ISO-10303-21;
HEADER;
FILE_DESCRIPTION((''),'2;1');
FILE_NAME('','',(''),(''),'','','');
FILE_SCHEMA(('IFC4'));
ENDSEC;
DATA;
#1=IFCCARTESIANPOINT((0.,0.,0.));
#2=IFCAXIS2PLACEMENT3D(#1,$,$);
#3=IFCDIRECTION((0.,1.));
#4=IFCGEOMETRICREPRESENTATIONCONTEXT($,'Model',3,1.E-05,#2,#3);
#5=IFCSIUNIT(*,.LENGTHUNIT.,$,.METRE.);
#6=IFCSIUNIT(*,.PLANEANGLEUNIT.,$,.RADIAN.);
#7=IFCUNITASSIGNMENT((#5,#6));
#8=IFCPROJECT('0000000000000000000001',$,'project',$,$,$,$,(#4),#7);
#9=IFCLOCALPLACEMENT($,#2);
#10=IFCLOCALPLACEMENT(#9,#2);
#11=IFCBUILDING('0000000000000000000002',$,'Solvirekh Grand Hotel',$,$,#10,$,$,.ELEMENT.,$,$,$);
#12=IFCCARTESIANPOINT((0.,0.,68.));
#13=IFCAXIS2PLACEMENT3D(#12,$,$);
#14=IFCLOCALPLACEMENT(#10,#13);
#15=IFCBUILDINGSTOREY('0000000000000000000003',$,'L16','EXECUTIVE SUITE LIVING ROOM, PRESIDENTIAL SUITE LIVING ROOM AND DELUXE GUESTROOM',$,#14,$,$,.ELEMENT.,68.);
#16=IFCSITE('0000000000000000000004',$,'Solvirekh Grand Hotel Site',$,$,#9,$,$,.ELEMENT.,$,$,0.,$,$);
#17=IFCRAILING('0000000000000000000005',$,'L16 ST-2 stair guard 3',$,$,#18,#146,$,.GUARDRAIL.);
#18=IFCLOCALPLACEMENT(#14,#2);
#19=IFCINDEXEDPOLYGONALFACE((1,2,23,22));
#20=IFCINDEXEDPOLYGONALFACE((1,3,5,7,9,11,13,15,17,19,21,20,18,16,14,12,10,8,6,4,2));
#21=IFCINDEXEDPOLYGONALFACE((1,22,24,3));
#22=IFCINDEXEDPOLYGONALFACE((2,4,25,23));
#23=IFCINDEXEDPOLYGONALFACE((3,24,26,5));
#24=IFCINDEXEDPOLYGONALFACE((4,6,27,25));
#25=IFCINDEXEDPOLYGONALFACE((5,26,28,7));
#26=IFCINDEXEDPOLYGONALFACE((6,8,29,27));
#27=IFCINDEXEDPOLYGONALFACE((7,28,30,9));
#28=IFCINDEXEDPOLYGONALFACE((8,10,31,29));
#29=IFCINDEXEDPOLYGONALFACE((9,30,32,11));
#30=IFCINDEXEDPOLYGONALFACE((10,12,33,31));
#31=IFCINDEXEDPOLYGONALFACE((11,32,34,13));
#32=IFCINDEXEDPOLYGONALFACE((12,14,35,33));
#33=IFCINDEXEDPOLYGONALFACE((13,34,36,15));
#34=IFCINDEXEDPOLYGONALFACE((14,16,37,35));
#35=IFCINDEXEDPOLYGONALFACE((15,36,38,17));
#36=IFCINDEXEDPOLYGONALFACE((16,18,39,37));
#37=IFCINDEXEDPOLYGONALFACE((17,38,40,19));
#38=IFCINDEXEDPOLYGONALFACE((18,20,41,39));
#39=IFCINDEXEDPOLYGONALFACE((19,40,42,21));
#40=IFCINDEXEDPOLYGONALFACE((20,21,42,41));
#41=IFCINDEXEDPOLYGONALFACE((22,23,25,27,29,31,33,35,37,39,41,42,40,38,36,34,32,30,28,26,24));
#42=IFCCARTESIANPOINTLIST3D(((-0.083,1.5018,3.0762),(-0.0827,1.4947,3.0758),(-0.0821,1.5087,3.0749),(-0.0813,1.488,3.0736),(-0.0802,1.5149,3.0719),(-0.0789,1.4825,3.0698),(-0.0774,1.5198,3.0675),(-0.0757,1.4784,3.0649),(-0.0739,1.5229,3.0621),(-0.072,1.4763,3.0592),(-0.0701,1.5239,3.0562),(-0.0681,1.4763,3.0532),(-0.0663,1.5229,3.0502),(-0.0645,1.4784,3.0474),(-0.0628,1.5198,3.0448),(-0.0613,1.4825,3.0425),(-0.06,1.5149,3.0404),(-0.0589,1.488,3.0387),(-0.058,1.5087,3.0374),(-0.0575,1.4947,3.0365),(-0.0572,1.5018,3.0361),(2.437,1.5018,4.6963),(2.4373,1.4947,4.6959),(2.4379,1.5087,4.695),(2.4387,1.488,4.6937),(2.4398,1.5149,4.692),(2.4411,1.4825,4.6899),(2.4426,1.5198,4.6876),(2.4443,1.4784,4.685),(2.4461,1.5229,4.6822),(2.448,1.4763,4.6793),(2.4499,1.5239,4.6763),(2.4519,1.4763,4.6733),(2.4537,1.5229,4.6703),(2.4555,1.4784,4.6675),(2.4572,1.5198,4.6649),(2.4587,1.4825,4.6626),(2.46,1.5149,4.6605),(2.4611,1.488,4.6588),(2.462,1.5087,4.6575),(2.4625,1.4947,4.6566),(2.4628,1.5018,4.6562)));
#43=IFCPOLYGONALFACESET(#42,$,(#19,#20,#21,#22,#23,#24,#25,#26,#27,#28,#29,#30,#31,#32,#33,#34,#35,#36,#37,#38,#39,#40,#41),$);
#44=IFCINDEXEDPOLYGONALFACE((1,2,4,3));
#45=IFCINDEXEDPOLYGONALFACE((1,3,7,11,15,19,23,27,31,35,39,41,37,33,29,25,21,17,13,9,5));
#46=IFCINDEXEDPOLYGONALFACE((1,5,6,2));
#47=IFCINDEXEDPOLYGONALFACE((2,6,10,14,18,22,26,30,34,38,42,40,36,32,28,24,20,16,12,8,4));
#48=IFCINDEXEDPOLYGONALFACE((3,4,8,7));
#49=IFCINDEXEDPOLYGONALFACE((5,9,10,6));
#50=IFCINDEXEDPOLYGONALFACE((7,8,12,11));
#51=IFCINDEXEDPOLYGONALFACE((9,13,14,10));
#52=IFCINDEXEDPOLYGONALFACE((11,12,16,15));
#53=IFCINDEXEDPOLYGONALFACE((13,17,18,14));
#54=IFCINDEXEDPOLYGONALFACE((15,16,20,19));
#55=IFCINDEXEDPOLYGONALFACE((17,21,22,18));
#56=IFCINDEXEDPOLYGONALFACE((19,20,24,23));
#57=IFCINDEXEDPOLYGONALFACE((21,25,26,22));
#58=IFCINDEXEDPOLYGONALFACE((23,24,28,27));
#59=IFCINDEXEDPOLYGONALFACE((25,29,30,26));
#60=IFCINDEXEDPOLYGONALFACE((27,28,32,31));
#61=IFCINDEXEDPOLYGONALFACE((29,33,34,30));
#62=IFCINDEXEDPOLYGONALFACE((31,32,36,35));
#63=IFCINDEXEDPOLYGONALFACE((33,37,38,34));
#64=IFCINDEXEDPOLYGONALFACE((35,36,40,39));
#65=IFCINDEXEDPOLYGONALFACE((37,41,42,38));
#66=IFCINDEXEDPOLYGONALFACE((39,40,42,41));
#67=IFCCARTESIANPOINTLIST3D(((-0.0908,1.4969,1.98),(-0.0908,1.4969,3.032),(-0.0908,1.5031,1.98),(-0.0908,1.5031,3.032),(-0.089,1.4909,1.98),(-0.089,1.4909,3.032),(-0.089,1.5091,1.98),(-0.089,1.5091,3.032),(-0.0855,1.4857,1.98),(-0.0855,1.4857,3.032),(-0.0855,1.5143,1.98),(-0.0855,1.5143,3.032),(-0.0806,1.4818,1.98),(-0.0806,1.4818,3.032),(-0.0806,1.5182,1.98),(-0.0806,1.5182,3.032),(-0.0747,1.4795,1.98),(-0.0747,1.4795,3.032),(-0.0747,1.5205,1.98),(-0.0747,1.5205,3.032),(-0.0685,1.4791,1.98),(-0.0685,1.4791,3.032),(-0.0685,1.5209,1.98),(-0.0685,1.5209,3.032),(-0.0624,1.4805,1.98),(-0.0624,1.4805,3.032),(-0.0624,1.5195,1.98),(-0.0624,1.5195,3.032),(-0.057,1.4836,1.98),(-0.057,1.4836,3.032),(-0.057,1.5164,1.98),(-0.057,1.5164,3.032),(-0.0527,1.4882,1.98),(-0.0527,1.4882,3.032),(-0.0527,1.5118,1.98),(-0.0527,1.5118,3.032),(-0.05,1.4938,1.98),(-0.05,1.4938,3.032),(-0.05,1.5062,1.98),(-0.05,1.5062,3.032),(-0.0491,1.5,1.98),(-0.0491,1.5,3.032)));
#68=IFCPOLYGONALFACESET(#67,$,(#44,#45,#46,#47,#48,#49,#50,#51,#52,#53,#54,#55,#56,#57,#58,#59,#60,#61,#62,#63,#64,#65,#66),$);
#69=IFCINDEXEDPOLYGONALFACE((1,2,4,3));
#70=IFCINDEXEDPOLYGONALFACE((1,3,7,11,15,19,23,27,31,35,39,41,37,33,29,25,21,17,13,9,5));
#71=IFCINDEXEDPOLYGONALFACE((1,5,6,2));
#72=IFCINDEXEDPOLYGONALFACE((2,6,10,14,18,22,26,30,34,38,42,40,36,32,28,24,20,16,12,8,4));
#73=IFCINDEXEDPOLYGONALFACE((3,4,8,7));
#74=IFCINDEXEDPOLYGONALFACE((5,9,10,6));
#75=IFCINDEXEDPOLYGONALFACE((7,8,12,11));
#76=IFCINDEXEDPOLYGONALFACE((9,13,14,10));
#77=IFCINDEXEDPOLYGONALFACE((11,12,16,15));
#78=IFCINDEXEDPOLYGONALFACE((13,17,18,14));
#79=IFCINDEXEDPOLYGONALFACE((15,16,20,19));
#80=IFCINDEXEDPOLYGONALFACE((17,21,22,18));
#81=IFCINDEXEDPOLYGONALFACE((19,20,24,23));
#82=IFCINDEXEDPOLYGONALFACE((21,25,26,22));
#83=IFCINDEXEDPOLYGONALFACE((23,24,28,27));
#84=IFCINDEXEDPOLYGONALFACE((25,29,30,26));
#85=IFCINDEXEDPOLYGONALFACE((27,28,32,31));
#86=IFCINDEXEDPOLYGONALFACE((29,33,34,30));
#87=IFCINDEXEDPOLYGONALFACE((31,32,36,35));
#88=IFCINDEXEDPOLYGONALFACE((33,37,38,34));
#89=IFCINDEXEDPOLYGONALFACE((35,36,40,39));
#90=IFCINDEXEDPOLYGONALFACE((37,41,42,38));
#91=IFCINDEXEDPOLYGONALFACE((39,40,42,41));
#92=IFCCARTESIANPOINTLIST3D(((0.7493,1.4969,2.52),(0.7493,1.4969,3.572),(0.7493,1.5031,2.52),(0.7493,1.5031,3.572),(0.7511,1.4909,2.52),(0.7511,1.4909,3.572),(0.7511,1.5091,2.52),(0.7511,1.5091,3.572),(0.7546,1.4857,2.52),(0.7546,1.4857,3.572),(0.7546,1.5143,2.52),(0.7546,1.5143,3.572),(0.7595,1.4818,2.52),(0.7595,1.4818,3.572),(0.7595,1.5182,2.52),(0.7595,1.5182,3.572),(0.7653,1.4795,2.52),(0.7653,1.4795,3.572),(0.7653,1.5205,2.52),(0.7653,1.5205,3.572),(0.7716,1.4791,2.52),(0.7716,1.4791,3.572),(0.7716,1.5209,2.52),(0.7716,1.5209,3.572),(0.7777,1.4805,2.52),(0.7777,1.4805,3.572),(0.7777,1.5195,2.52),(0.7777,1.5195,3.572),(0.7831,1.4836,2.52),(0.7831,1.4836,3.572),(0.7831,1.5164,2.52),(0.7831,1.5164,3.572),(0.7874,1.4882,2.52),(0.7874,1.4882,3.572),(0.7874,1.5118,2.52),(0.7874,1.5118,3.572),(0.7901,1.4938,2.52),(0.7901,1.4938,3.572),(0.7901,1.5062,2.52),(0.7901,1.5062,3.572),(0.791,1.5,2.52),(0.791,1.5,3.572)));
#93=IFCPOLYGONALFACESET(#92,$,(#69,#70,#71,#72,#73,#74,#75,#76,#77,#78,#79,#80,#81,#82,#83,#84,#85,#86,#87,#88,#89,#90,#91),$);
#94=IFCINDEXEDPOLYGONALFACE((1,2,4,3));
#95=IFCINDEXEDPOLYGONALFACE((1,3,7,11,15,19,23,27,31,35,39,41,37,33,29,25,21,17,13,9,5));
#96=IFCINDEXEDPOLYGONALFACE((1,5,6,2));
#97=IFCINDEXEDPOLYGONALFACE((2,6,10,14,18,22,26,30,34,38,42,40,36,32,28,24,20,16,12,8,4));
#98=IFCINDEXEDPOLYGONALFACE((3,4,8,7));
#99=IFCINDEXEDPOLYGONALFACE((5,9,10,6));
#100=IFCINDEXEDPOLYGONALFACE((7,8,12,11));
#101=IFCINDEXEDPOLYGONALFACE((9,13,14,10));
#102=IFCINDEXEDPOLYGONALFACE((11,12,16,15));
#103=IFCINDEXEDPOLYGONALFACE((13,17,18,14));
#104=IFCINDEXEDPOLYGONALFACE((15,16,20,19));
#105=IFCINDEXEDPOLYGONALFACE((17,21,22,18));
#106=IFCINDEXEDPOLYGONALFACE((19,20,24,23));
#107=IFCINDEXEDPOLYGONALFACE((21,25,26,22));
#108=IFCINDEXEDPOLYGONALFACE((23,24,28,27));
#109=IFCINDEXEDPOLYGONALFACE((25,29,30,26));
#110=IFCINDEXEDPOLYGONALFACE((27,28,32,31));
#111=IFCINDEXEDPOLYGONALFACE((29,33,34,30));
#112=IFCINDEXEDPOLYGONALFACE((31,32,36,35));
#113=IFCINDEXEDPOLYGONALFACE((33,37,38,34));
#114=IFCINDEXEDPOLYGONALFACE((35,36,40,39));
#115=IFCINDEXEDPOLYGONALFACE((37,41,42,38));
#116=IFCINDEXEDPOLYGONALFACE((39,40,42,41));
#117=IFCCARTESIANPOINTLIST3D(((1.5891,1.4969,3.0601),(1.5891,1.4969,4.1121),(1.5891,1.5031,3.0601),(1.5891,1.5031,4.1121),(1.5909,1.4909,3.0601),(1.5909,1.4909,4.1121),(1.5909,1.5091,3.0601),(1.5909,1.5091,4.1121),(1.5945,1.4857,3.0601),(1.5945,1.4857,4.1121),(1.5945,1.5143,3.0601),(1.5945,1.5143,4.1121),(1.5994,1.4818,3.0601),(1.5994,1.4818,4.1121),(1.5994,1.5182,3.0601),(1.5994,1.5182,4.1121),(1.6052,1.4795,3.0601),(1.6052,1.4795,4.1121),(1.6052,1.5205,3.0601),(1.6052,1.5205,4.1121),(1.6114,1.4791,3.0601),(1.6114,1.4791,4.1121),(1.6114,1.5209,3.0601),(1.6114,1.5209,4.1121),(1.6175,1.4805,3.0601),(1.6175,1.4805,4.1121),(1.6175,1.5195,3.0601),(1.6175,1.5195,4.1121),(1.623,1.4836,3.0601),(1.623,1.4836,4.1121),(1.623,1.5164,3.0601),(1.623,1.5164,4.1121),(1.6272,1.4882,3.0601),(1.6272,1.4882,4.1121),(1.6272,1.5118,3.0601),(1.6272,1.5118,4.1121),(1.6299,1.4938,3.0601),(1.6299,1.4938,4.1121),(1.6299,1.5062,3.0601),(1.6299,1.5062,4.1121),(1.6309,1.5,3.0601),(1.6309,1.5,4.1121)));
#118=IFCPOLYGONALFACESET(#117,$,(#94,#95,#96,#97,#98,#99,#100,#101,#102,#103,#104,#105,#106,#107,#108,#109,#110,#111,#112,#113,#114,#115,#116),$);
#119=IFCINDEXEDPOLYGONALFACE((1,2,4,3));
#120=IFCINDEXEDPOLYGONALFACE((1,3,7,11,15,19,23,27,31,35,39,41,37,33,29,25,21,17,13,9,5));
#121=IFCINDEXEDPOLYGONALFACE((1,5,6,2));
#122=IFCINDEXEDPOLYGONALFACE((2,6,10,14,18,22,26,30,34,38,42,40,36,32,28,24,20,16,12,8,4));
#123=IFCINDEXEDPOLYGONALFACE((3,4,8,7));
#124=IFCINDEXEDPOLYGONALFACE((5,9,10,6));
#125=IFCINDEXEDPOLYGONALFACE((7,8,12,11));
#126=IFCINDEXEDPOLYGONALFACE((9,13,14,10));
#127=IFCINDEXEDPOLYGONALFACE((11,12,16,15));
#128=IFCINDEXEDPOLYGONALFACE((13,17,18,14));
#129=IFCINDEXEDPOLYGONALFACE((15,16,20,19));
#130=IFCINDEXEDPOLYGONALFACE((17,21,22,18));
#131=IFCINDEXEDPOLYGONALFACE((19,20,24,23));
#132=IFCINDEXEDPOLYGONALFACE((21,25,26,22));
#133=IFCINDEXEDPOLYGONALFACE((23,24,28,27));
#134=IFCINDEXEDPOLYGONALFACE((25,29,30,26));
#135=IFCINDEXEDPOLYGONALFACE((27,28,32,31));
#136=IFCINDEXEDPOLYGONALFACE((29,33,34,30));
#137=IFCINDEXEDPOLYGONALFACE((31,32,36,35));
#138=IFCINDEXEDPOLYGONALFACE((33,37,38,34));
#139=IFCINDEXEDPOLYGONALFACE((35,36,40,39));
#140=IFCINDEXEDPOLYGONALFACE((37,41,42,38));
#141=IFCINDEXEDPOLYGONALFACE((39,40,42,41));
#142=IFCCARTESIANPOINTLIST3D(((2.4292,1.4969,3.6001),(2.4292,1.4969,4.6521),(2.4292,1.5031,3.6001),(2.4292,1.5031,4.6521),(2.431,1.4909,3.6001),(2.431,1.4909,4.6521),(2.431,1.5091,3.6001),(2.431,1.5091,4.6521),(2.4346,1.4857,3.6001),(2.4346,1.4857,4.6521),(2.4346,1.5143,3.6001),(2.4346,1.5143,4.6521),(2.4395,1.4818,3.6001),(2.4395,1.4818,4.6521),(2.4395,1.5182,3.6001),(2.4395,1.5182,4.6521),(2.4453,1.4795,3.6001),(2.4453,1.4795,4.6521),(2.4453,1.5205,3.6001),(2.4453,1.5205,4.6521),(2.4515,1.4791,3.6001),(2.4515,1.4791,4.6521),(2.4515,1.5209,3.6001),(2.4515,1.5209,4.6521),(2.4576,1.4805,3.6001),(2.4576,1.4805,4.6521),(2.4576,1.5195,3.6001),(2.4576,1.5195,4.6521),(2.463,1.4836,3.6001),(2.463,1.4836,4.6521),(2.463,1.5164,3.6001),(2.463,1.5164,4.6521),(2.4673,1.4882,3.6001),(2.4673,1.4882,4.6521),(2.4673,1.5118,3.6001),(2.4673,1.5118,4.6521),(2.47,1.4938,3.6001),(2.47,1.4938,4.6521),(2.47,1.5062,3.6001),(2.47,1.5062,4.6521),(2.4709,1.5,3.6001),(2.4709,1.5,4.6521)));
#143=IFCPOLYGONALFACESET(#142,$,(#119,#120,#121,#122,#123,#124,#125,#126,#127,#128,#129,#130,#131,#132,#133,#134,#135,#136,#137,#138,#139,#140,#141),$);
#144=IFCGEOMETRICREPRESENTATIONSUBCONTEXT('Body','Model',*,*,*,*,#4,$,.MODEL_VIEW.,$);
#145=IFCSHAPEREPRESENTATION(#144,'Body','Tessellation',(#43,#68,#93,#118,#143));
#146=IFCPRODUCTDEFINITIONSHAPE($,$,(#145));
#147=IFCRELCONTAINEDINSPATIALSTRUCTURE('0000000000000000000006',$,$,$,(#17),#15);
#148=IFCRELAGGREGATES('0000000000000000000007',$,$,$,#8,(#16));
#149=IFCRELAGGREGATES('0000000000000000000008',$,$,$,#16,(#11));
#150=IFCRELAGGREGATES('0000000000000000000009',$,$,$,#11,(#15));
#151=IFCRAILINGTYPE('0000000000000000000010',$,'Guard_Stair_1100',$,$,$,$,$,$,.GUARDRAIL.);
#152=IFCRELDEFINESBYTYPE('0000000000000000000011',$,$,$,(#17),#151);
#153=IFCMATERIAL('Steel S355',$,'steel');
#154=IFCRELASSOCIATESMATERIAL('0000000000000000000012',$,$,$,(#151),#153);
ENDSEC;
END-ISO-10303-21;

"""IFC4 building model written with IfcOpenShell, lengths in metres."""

from ifc_helpers import new_model, si_unit, direction, frame, origin, origin_2d, place, context, subcontext, project, spatial, circle, extrude, material, type_object, element, save


model = new_model("IFC4")

# Units and contexts
model_context = context("Model", 3, precision=1e-05, world=origin(), true_north=direction((0.0, 1.0)))
body_context = subcontext(model_context, "Body", "Model", "MODEL_VIEW")
ifc_project = project(units=[si_unit("LENGTHUNIT", "METRE"), si_unit("PLANEANGLEUNIT", "RADIAN")], contexts=[model_context])

# Site, building, storey
site_placement = place(None, origin())
site = spatial("IfcSite", under=ifc_project, at=site_placement, Name="Solvirekh Grand Hotel Site", CompositionType="ELEMENT", RefElevation=0.0)
building_placement = place(site_placement, origin())
building = spatial("IfcBuilding", under=site, at=building_placement, Name="Solvirekh Grand Hotel", CompositionType="ELEMENT")
storey_placement = place(building_placement, frame((0.0, 0.0, 68.0)))
storey = spatial("IfcBuildingStorey", under=building, at=storey_placement, Name="L16", Description="EXECUTIVE SUITE LIVING ROOM, PRESIDENTIAL SUITE LIVING ROOM AND DELUXE GUESTROOM", CompositionType="ELEMENT", Elevation=68.0)

# Railing
ifc_material_1 = material(Name="Steel S355", Category="steel")
railing_type_1 = type_object("IfcRailingType", Name="Guard_Stair_1100", PredefinedType="GUARDRAIL", material=ifc_material_1)
railing_1_placement = place(storey_placement, frame((-0.0701, 1.5, 1.98)))
element("IfcRailing", 1, at=railing_1_placement, inside=storey, type_object=railing_type_1, Name="L16 ST-2 stair guard 3", PredefinedType="GUARDRAIL", context=body_context, shape_type="SweptSolid", body=[
    extrude(circle(Radius=0.0239, at=origin_2d()), frame((0.0, 0.0, 1.0762), z_axis=(0.841163, 0.0, 0.540782), x_axis=(0.0, 1.0, 0.0)), (0.0, 0.0, 1.0), 2.9958),
    extrude(circle(Radius=0.021, at=origin_2d()), origin(), (0.0, 0.0, 1.0), 1.052),
    extrude(circle(Radius=0.021, at=origin_2d()), frame((0.8401, 0.0, 0.54)), (0.0, 0.0, 1.0), 1.052),
    extrude(circle(Radius=0.021, at=origin_2d()), frame((1.6799, 0.0, 1.0801)), (0.0, 0.0, 1.0), 1.052),
    extrude(circle(Radius=0.021, at=origin_2d()), frame((2.52, 0.0, 1.6201)), (0.0, 0.0, 1.0), 1.052),
])

save(model, "model.ifc")
